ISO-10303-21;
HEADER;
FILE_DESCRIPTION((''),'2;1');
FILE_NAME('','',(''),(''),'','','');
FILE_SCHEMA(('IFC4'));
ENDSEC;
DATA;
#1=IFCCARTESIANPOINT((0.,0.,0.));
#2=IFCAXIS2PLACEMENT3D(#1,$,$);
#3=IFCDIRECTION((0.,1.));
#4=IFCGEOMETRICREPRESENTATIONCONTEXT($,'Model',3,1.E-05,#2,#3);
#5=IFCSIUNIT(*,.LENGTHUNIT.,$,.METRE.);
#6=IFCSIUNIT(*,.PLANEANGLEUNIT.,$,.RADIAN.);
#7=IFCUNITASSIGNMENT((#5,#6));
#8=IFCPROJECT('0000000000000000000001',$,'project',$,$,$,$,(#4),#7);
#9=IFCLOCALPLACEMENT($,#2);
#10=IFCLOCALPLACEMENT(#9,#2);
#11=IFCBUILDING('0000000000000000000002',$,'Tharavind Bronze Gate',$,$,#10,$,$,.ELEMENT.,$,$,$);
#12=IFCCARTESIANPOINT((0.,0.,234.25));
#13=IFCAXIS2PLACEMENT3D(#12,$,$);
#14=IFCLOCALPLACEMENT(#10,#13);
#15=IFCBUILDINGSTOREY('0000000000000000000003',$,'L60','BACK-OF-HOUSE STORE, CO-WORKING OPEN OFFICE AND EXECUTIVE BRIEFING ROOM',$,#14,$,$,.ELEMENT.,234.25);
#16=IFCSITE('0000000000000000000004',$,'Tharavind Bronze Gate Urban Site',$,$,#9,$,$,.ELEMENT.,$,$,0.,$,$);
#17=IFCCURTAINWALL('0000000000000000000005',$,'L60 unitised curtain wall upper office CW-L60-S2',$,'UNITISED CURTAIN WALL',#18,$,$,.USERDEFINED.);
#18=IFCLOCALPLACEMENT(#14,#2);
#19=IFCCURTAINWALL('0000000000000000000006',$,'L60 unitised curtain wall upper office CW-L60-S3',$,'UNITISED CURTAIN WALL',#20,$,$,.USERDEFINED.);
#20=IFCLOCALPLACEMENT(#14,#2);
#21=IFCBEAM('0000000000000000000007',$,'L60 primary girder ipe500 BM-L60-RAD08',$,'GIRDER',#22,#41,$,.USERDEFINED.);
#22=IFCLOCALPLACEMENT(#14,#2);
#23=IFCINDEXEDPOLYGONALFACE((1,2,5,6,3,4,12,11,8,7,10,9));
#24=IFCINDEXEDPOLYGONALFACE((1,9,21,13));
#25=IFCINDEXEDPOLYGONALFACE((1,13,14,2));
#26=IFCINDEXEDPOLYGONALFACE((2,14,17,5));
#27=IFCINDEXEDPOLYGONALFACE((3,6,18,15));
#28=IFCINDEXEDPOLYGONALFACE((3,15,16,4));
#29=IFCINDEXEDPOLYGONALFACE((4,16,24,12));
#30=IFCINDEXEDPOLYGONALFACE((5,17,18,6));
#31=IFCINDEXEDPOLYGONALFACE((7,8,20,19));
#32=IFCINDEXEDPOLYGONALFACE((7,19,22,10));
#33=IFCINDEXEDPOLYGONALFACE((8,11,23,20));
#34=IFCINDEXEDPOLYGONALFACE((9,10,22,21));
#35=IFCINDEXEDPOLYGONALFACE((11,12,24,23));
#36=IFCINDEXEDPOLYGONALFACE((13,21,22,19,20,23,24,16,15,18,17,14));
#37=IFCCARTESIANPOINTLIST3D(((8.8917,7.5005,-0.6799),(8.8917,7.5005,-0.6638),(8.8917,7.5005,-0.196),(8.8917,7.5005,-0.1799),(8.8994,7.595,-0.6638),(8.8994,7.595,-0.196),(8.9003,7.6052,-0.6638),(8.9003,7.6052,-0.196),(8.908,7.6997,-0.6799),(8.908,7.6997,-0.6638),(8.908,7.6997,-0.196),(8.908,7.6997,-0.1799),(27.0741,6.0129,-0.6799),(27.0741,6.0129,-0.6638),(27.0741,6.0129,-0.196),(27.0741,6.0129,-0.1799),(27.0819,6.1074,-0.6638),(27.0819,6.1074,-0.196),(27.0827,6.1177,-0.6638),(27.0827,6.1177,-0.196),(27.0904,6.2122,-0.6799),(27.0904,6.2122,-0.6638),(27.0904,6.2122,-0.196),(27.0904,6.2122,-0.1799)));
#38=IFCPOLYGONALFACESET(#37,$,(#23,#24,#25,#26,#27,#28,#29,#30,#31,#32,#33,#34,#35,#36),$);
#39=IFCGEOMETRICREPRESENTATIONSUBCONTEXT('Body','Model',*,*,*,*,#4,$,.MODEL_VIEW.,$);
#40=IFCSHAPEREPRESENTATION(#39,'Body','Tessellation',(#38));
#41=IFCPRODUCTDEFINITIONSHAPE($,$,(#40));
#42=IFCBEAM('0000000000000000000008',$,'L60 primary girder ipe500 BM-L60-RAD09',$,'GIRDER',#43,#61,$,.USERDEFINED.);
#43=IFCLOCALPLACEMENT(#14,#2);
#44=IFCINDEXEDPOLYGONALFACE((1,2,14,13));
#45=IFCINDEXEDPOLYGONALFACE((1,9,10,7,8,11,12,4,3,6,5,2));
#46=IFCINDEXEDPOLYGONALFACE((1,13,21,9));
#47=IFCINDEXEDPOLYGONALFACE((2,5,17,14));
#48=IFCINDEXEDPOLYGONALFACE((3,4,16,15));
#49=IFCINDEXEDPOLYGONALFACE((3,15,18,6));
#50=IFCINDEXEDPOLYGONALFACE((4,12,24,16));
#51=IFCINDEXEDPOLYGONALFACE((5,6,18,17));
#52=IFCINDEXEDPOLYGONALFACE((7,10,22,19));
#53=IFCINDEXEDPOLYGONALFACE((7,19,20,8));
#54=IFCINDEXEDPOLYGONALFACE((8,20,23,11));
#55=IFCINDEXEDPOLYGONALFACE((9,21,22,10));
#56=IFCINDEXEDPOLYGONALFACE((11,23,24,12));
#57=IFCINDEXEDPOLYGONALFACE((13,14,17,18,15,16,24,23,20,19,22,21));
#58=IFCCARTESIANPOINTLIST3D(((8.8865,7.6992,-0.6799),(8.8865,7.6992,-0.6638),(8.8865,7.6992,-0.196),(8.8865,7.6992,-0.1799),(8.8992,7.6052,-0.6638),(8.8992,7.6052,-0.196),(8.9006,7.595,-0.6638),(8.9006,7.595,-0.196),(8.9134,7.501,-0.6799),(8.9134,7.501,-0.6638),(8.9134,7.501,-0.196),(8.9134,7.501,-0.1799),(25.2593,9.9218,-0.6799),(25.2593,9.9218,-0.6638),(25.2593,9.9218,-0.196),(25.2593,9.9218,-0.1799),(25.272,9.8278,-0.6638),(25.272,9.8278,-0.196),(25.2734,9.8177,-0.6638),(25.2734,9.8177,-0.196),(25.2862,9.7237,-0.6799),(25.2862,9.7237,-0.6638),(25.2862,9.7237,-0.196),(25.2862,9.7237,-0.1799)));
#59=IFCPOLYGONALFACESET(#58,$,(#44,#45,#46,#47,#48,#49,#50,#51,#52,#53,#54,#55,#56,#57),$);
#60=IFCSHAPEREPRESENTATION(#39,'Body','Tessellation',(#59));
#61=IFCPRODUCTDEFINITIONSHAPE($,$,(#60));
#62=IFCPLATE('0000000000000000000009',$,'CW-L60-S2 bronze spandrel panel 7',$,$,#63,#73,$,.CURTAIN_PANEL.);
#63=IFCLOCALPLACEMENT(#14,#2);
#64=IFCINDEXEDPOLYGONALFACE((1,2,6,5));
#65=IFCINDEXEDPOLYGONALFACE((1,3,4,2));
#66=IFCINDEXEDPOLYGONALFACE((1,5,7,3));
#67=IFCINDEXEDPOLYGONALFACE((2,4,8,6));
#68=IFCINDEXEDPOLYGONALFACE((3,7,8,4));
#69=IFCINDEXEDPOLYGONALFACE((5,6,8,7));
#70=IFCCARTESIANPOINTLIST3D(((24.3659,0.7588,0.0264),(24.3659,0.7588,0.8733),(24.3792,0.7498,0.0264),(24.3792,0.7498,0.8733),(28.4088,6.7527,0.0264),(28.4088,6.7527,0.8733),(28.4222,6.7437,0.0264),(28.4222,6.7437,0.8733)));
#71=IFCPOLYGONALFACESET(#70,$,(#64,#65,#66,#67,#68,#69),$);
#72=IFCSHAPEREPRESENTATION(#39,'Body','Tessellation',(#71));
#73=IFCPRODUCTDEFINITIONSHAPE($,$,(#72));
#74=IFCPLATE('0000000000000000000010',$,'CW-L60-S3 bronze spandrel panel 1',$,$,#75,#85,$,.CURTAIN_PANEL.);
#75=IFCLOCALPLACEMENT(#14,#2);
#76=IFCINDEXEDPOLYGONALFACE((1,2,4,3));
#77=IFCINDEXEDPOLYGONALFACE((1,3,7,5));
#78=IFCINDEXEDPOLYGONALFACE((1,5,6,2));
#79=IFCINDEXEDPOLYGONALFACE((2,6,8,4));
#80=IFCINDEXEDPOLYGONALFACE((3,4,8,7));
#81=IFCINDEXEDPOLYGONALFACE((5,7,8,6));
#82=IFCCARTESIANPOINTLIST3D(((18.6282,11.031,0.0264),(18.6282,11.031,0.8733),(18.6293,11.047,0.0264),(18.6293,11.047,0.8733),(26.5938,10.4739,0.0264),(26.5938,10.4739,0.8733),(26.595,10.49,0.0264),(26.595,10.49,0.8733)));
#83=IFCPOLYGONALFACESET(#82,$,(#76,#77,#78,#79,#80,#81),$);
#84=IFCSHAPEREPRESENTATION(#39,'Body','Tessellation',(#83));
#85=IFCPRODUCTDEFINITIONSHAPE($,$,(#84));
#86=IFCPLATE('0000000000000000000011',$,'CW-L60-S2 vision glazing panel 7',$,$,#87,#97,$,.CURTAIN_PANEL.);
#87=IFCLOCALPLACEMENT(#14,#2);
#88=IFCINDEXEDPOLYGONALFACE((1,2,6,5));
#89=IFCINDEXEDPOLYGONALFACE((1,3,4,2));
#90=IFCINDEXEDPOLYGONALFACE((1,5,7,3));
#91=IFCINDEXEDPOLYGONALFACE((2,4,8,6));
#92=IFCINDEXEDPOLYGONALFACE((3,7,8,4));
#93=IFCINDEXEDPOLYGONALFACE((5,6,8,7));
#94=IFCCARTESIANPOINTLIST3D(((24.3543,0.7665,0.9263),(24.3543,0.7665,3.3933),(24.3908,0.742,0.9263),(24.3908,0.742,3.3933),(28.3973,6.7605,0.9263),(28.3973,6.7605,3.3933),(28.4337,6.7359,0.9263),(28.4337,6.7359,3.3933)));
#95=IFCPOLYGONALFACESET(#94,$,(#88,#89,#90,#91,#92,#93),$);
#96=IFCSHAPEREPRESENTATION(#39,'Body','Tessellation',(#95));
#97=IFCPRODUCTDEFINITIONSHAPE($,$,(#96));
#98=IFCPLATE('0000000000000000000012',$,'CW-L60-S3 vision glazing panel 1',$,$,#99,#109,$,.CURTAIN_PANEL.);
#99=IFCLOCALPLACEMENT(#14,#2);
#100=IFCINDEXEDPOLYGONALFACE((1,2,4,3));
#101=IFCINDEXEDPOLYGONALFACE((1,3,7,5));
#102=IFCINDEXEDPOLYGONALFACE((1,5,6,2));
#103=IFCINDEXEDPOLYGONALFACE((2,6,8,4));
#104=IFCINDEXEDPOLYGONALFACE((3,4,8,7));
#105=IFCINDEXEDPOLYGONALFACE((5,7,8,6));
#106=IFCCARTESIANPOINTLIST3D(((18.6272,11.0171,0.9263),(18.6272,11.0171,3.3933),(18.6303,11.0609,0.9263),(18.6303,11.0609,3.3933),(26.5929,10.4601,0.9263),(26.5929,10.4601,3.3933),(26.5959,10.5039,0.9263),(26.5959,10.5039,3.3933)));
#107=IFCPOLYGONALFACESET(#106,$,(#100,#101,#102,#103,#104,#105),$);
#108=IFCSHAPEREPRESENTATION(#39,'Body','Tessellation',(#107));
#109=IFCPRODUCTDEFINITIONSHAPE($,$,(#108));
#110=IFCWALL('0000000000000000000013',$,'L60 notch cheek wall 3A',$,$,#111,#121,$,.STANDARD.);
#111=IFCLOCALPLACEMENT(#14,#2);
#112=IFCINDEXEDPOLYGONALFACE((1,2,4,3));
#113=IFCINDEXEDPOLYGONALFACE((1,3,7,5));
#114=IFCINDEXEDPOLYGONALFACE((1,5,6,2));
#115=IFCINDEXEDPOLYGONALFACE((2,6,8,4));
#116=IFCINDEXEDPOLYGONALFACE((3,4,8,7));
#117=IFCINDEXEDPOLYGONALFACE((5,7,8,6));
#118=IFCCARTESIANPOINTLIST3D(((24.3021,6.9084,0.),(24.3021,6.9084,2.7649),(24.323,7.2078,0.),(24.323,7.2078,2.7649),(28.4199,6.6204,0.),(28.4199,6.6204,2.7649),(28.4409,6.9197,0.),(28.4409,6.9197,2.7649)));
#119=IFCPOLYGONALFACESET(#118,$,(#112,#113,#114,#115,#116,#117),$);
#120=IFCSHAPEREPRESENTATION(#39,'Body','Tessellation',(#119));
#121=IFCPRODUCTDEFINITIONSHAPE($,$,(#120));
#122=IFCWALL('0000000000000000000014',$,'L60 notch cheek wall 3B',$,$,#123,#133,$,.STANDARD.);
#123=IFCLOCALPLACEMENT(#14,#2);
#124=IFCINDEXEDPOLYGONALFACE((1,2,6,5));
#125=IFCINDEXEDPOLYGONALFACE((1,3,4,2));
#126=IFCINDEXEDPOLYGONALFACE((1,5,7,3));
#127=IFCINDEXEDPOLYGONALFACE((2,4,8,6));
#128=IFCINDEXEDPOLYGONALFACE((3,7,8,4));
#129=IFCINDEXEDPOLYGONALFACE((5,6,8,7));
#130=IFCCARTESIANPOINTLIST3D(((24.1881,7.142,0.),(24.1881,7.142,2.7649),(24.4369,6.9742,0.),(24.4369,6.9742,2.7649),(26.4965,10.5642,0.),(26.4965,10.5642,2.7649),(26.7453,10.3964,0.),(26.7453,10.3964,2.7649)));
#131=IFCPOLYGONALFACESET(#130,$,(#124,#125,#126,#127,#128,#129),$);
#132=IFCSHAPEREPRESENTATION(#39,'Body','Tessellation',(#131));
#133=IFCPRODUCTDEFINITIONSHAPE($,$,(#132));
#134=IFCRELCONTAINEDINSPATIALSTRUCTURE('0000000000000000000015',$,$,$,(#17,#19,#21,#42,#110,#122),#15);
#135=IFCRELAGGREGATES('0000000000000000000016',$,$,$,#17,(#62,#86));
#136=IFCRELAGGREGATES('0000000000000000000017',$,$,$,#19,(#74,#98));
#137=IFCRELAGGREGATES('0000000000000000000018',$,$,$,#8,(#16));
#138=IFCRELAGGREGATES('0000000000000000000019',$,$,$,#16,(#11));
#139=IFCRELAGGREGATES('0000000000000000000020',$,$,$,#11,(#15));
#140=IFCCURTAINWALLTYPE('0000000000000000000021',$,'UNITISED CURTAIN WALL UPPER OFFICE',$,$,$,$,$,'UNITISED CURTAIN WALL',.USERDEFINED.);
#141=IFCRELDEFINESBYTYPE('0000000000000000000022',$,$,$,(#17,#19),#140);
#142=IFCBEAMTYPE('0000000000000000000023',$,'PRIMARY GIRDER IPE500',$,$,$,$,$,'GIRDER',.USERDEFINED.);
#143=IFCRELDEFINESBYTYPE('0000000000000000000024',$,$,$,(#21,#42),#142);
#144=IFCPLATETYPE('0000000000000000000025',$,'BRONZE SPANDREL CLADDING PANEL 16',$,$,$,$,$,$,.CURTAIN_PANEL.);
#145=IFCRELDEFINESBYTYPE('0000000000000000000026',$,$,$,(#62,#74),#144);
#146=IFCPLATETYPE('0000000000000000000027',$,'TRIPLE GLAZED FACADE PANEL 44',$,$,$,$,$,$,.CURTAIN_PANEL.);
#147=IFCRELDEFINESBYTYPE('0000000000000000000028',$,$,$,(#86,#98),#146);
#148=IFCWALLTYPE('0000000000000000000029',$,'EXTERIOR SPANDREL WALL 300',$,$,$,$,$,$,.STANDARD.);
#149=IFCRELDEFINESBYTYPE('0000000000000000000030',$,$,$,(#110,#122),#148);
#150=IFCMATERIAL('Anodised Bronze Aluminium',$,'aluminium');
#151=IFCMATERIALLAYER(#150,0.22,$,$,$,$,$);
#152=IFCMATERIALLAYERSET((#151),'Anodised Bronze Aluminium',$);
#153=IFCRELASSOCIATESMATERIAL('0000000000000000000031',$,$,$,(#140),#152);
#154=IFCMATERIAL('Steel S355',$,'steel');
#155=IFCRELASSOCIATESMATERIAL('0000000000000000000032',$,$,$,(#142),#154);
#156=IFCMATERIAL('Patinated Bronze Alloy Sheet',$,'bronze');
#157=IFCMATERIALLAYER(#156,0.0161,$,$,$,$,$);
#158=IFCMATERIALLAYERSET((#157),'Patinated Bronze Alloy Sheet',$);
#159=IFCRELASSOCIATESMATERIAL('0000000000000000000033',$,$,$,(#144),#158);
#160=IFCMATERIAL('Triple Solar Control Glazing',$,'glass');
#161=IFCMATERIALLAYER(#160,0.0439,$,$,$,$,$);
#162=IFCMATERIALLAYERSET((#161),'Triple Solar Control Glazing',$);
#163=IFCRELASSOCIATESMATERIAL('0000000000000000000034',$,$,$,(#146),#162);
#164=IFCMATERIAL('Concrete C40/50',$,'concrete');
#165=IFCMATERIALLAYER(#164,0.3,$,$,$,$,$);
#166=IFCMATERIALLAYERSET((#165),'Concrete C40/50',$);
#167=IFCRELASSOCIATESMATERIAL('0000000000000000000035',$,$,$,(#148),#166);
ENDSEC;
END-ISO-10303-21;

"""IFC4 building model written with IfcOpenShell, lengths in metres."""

from ifc_helpers import new_model, si_unit, direction, frame, frame_2d, origin, origin_2d, place, context, subcontext, project, spatial, rectangle, i_section, extrude, material, layer, layer_set, material_profile, profile_set, type_object, element, aggregate, save


model = new_model("IFC4")

# Units and contexts
model_context = context("Model", 3, precision=1e-05, world=origin(), true_north=direction((0.0, 1.0)))
body_context = subcontext(model_context, "Body", "Model", "MODEL_VIEW")
ifc_project = project(units=[si_unit("LENGTHUNIT", "METRE"), si_unit("PLANEANGLEUNIT", "RADIAN")], contexts=[model_context])

# Site, building, storey
site_placement = place(None, origin())
site = spatial("IfcSite", under=ifc_project, at=site_placement, Name="Tharavind Bronze Gate Urban Site", CompositionType="ELEMENT", RefElevation=0.0)
building_placement = place(site_placement, origin())
building = spatial("IfcBuilding", under=site, at=building_placement, Name="Tharavind Bronze Gate", CompositionType="ELEMENT")
storey_placement = place(building_placement, frame((0.0, 0.0, 234.25)))
storey = spatial("IfcBuildingStorey", under=building, at=storey_placement, Name="L60", Description="BACK-OF-HOUSE STORE, CO-WORKING OPEN OFFICE AND EXECUTIVE BRIEFING ROOM", CompositionType="ELEMENT", Elevation=234.25)

# Curtain wall
ifc_material_1 = material(Name="Anodised Bronze Aluminium", Category="aluminium")
ifc_layer_1 = layer(ifc_material_1, 0.22)
ifc_layer_set_1 = layer_set([ifc_layer_1], Name="Anodised Bronze Aluminium")
curtain_wall_type = type_object("IfcCurtainWallType", Name="UNITISED CURTAIN WALL UPPER OFFICE", ElementType="UNITISED CURTAIN WALL", PredefinedType="USERDEFINED", material=ifc_layer_set_1)
curtain_wall_1_placement = place(storey_placement, origin())
curtain_wall_1 = element("IfcCurtainWall", 1, at=curtain_wall_1_placement, inside=storey, type_object=curtain_wall_type, Name="L60 unitised curtain wall upper office CW-L60-S2", ObjectType="UNITISED CURTAIN WALL", PredefinedType="USERDEFINED")

# Curtain wall
curtain_wall_2_placement = place(storey_placement, origin())
curtain_wall_2 = element("IfcCurtainWall", 2, at=curtain_wall_2_placement, inside=storey, type_object=curtain_wall_type, Name="L60 unitised curtain wall upper office CW-L60-S3", ObjectType="UNITISED CURTAIN WALL", PredefinedType="USERDEFINED")

# Beams
ifc_material_2 = material(Name="Steel S355", Category="steel")
ifc_material_profile_1 = material_profile(ifc_material_2, i_section(OverallWidth=0.2, OverallDepth=0.5, WebThickness=0.0103, FlangeThickness=0.0161, at=origin_2d()), Name="IPE500")
ifc_profile_set_1 = profile_set([ifc_material_profile_1], Name="Steel S355")
beam_type_1 = type_object("IfcBeamType", Name="PRIMARY GIRDER IPE500", ElementType="GIRDER", PredefinedType="USERDEFINED", material=ifc_profile_set_1)
beam_1_placement = place(storey_placement, frame((27.0823, 6.1125, -0.4299), z_axis=(-0.99667, 0.08154, 0.0), x_axis=(-0.08154, -0.99667, 0.0)))
element("IfcBeam", 3, at=beam_1_placement, inside=storey, type_object=beam_type_1, Name="L60 primary girder ipe500 BM-L60-RAD08", ObjectType="GIRDER", PredefinedType="USERDEFINED", context=body_context, shape_type="SweptSolid", body=[
    extrude(i_section(OverallWidth=0.2, OverallDepth=0.5, WebThickness=0.0103, FlangeThickness=0.0161, at=origin_2d()), origin(), (0.0, 0.0, 1.0), 18.2432),
])
beam_2_placement = place(storey_placement, frame((25.2727, 9.8228, -0.4299), z_axis=(-0.990911, -0.134519, 0.0), x_axis=(0.134519, -0.990911, 0.0)))
element("IfcBeam", 4, at=beam_2_placement, inside=storey, type_object=beam_type_1, Name="L60 primary girder ipe500 BM-L60-RAD09", ObjectType="GIRDER", PredefinedType="USERDEFINED", context=body_context, shape_type="SweptSolid", body=[
    extrude(i_section(OverallWidth=0.2, OverallDepth=0.5, WebThickness=0.0103, FlangeThickness=0.0161, at=origin_2d()), origin(), (0.0, 0.0, 1.0), 16.5229),
])

# Plates
ifc_material_3 = material(Name="Patinated Bronze Alloy Sheet", Category="bronze")
ifc_layer_2 = layer(ifc_material_3, 0.0161)
ifc_layer_set_2 = layer_set([ifc_layer_2], Name="Patinated Bronze Alloy Sheet")
plate_type_1 = type_object("IfcPlateType", Name="BRONZE SPANDREL CLADDING PANEL 16", PredefinedType="CURTAIN_PANEL", material=ifc_layer_set_2)
plate_1_placement = place(storey_placement, frame((26.394, 3.7512, 0.0264), z_axis=(0.0, 0.0, 1.0), x_axis=(0.559193, 0.829038, 0.0)))
plate_1 = element("IfcPlate", 5, at=plate_1_placement, type_object=plate_type_1, Name="CW-L60-S2 bronze spandrel panel 7", PredefinedType="CURTAIN_PANEL", context=body_context, shape_type="SweptSolid", body=[
    extrude(rectangle(XDim=7.23, YDim=0.0161, at=origin_2d()), origin(), (0.0, 0.0, 1.0), 0.8469),
])
plate_2_placement = place(storey_placement, frame((22.6116, 10.7605, 0.0264), z_axis=(0.0, 0.0, 1.0), x_axis=(-0.997564, 0.069758, 0.0)))
plate_2 = element("IfcPlate", 6, at=plate_2_placement, type_object=plate_type_1, Name="CW-L60-S3 bronze spandrel panel 1", PredefinedType="CURTAIN_PANEL", context=body_context, shape_type="SweptSolid", body=[
    extrude(rectangle(XDim=7.9851, YDim=0.0161, at=origin_2d()), origin(), (0.0, 0.0, 1.0), 0.8469),
])
ifc_material_4 = material(Name="Triple Solar Control Glazing", Category="glass")
ifc_layer_3 = layer(ifc_material_4, 0.0439)
ifc_layer_set_3 = layer_set([ifc_layer_3], Name="Triple Solar Control Glazing")
plate_type_2 = type_object("IfcPlateType", Name="TRIPLE GLAZED FACADE PANEL 44", PredefinedType="CURTAIN_PANEL", material=ifc_layer_set_3)
plate_3_placement = place(storey_placement, frame((26.394, 3.7512, 0.9263), z_axis=(0.0, 0.0, 1.0), x_axis=(0.559193, 0.829038, 0.0)))
plate_3 = element("IfcPlate", 7, at=plate_3_placement, type_object=plate_type_2, Name="CW-L60-S2 vision glazing panel 7", PredefinedType="CURTAIN_PANEL", context=body_context, shape_type="SweptSolid", body=[
    extrude(rectangle(XDim=7.23, YDim=0.0439, at=origin_2d()), origin(), (0.0, 0.0, 1.0), 2.467),
])
aggregate(curtain_wall_1, [plate_1, plate_3])
plate_4_placement = place(storey_placement, frame((22.6116, 10.7605, 0.9263), z_axis=(0.0, 0.0, 1.0), x_axis=(-0.997564, 0.069758, 0.0)))
plate_4 = element("IfcPlate", 8, at=plate_4_placement, type_object=plate_type_2, Name="CW-L60-S3 vision glazing panel 1", PredefinedType="CURTAIN_PANEL", context=body_context, shape_type="SweptSolid", body=[
    extrude(rectangle(XDim=7.9851, YDim=0.0439, at=origin_2d()), origin(), (0.0, 0.0, 1.0), 2.467),
])
aggregate(curtain_wall_2, [plate_2, plate_4])

# Walls
ifc_material_5 = material(Name="Concrete C40/50", Category="concrete")
ifc_layer_4 = layer(ifc_material_5, 0.3)
ifc_layer_set_4 = layer_set([ifc_layer_4], Name="Concrete C40/50")
wall_type = type_object("IfcWallType", Name="EXTERIOR SPANDREL WALL 300", PredefinedType="STANDARD", material=ifc_layer_set_4)
for number, where, z_axis, x_axis, name in (
    (9, (28.4304, 6.77, 0.0), (0.0, 0.0, 1.0), (-0.997562, 0.069789, 0.0), "L60 notch cheek wall 3A"),
    (10, (24.3125, 7.0581, 0.0), (0.0, 0.0, 1.0), (0.55921, 0.829026, 0.0), "L60 notch cheek wall 3B"),
):
    element("IfcWall", number, at=place(storey_placement, frame(where, z_axis=z_axis, x_axis=x_axis)), inside=storey, type_object=wall_type, Name=name, PredefinedType="STANDARD", context=body_context, shape_type="SweptSolid", body=[
        extrude(rectangle(XDim=4.1279, YDim=0.3, at=frame_2d((2.064, 0.0))), origin(), (0.0, 0.0, 1.0), 2.7649),
    ])

save(model, "model.ifc")
